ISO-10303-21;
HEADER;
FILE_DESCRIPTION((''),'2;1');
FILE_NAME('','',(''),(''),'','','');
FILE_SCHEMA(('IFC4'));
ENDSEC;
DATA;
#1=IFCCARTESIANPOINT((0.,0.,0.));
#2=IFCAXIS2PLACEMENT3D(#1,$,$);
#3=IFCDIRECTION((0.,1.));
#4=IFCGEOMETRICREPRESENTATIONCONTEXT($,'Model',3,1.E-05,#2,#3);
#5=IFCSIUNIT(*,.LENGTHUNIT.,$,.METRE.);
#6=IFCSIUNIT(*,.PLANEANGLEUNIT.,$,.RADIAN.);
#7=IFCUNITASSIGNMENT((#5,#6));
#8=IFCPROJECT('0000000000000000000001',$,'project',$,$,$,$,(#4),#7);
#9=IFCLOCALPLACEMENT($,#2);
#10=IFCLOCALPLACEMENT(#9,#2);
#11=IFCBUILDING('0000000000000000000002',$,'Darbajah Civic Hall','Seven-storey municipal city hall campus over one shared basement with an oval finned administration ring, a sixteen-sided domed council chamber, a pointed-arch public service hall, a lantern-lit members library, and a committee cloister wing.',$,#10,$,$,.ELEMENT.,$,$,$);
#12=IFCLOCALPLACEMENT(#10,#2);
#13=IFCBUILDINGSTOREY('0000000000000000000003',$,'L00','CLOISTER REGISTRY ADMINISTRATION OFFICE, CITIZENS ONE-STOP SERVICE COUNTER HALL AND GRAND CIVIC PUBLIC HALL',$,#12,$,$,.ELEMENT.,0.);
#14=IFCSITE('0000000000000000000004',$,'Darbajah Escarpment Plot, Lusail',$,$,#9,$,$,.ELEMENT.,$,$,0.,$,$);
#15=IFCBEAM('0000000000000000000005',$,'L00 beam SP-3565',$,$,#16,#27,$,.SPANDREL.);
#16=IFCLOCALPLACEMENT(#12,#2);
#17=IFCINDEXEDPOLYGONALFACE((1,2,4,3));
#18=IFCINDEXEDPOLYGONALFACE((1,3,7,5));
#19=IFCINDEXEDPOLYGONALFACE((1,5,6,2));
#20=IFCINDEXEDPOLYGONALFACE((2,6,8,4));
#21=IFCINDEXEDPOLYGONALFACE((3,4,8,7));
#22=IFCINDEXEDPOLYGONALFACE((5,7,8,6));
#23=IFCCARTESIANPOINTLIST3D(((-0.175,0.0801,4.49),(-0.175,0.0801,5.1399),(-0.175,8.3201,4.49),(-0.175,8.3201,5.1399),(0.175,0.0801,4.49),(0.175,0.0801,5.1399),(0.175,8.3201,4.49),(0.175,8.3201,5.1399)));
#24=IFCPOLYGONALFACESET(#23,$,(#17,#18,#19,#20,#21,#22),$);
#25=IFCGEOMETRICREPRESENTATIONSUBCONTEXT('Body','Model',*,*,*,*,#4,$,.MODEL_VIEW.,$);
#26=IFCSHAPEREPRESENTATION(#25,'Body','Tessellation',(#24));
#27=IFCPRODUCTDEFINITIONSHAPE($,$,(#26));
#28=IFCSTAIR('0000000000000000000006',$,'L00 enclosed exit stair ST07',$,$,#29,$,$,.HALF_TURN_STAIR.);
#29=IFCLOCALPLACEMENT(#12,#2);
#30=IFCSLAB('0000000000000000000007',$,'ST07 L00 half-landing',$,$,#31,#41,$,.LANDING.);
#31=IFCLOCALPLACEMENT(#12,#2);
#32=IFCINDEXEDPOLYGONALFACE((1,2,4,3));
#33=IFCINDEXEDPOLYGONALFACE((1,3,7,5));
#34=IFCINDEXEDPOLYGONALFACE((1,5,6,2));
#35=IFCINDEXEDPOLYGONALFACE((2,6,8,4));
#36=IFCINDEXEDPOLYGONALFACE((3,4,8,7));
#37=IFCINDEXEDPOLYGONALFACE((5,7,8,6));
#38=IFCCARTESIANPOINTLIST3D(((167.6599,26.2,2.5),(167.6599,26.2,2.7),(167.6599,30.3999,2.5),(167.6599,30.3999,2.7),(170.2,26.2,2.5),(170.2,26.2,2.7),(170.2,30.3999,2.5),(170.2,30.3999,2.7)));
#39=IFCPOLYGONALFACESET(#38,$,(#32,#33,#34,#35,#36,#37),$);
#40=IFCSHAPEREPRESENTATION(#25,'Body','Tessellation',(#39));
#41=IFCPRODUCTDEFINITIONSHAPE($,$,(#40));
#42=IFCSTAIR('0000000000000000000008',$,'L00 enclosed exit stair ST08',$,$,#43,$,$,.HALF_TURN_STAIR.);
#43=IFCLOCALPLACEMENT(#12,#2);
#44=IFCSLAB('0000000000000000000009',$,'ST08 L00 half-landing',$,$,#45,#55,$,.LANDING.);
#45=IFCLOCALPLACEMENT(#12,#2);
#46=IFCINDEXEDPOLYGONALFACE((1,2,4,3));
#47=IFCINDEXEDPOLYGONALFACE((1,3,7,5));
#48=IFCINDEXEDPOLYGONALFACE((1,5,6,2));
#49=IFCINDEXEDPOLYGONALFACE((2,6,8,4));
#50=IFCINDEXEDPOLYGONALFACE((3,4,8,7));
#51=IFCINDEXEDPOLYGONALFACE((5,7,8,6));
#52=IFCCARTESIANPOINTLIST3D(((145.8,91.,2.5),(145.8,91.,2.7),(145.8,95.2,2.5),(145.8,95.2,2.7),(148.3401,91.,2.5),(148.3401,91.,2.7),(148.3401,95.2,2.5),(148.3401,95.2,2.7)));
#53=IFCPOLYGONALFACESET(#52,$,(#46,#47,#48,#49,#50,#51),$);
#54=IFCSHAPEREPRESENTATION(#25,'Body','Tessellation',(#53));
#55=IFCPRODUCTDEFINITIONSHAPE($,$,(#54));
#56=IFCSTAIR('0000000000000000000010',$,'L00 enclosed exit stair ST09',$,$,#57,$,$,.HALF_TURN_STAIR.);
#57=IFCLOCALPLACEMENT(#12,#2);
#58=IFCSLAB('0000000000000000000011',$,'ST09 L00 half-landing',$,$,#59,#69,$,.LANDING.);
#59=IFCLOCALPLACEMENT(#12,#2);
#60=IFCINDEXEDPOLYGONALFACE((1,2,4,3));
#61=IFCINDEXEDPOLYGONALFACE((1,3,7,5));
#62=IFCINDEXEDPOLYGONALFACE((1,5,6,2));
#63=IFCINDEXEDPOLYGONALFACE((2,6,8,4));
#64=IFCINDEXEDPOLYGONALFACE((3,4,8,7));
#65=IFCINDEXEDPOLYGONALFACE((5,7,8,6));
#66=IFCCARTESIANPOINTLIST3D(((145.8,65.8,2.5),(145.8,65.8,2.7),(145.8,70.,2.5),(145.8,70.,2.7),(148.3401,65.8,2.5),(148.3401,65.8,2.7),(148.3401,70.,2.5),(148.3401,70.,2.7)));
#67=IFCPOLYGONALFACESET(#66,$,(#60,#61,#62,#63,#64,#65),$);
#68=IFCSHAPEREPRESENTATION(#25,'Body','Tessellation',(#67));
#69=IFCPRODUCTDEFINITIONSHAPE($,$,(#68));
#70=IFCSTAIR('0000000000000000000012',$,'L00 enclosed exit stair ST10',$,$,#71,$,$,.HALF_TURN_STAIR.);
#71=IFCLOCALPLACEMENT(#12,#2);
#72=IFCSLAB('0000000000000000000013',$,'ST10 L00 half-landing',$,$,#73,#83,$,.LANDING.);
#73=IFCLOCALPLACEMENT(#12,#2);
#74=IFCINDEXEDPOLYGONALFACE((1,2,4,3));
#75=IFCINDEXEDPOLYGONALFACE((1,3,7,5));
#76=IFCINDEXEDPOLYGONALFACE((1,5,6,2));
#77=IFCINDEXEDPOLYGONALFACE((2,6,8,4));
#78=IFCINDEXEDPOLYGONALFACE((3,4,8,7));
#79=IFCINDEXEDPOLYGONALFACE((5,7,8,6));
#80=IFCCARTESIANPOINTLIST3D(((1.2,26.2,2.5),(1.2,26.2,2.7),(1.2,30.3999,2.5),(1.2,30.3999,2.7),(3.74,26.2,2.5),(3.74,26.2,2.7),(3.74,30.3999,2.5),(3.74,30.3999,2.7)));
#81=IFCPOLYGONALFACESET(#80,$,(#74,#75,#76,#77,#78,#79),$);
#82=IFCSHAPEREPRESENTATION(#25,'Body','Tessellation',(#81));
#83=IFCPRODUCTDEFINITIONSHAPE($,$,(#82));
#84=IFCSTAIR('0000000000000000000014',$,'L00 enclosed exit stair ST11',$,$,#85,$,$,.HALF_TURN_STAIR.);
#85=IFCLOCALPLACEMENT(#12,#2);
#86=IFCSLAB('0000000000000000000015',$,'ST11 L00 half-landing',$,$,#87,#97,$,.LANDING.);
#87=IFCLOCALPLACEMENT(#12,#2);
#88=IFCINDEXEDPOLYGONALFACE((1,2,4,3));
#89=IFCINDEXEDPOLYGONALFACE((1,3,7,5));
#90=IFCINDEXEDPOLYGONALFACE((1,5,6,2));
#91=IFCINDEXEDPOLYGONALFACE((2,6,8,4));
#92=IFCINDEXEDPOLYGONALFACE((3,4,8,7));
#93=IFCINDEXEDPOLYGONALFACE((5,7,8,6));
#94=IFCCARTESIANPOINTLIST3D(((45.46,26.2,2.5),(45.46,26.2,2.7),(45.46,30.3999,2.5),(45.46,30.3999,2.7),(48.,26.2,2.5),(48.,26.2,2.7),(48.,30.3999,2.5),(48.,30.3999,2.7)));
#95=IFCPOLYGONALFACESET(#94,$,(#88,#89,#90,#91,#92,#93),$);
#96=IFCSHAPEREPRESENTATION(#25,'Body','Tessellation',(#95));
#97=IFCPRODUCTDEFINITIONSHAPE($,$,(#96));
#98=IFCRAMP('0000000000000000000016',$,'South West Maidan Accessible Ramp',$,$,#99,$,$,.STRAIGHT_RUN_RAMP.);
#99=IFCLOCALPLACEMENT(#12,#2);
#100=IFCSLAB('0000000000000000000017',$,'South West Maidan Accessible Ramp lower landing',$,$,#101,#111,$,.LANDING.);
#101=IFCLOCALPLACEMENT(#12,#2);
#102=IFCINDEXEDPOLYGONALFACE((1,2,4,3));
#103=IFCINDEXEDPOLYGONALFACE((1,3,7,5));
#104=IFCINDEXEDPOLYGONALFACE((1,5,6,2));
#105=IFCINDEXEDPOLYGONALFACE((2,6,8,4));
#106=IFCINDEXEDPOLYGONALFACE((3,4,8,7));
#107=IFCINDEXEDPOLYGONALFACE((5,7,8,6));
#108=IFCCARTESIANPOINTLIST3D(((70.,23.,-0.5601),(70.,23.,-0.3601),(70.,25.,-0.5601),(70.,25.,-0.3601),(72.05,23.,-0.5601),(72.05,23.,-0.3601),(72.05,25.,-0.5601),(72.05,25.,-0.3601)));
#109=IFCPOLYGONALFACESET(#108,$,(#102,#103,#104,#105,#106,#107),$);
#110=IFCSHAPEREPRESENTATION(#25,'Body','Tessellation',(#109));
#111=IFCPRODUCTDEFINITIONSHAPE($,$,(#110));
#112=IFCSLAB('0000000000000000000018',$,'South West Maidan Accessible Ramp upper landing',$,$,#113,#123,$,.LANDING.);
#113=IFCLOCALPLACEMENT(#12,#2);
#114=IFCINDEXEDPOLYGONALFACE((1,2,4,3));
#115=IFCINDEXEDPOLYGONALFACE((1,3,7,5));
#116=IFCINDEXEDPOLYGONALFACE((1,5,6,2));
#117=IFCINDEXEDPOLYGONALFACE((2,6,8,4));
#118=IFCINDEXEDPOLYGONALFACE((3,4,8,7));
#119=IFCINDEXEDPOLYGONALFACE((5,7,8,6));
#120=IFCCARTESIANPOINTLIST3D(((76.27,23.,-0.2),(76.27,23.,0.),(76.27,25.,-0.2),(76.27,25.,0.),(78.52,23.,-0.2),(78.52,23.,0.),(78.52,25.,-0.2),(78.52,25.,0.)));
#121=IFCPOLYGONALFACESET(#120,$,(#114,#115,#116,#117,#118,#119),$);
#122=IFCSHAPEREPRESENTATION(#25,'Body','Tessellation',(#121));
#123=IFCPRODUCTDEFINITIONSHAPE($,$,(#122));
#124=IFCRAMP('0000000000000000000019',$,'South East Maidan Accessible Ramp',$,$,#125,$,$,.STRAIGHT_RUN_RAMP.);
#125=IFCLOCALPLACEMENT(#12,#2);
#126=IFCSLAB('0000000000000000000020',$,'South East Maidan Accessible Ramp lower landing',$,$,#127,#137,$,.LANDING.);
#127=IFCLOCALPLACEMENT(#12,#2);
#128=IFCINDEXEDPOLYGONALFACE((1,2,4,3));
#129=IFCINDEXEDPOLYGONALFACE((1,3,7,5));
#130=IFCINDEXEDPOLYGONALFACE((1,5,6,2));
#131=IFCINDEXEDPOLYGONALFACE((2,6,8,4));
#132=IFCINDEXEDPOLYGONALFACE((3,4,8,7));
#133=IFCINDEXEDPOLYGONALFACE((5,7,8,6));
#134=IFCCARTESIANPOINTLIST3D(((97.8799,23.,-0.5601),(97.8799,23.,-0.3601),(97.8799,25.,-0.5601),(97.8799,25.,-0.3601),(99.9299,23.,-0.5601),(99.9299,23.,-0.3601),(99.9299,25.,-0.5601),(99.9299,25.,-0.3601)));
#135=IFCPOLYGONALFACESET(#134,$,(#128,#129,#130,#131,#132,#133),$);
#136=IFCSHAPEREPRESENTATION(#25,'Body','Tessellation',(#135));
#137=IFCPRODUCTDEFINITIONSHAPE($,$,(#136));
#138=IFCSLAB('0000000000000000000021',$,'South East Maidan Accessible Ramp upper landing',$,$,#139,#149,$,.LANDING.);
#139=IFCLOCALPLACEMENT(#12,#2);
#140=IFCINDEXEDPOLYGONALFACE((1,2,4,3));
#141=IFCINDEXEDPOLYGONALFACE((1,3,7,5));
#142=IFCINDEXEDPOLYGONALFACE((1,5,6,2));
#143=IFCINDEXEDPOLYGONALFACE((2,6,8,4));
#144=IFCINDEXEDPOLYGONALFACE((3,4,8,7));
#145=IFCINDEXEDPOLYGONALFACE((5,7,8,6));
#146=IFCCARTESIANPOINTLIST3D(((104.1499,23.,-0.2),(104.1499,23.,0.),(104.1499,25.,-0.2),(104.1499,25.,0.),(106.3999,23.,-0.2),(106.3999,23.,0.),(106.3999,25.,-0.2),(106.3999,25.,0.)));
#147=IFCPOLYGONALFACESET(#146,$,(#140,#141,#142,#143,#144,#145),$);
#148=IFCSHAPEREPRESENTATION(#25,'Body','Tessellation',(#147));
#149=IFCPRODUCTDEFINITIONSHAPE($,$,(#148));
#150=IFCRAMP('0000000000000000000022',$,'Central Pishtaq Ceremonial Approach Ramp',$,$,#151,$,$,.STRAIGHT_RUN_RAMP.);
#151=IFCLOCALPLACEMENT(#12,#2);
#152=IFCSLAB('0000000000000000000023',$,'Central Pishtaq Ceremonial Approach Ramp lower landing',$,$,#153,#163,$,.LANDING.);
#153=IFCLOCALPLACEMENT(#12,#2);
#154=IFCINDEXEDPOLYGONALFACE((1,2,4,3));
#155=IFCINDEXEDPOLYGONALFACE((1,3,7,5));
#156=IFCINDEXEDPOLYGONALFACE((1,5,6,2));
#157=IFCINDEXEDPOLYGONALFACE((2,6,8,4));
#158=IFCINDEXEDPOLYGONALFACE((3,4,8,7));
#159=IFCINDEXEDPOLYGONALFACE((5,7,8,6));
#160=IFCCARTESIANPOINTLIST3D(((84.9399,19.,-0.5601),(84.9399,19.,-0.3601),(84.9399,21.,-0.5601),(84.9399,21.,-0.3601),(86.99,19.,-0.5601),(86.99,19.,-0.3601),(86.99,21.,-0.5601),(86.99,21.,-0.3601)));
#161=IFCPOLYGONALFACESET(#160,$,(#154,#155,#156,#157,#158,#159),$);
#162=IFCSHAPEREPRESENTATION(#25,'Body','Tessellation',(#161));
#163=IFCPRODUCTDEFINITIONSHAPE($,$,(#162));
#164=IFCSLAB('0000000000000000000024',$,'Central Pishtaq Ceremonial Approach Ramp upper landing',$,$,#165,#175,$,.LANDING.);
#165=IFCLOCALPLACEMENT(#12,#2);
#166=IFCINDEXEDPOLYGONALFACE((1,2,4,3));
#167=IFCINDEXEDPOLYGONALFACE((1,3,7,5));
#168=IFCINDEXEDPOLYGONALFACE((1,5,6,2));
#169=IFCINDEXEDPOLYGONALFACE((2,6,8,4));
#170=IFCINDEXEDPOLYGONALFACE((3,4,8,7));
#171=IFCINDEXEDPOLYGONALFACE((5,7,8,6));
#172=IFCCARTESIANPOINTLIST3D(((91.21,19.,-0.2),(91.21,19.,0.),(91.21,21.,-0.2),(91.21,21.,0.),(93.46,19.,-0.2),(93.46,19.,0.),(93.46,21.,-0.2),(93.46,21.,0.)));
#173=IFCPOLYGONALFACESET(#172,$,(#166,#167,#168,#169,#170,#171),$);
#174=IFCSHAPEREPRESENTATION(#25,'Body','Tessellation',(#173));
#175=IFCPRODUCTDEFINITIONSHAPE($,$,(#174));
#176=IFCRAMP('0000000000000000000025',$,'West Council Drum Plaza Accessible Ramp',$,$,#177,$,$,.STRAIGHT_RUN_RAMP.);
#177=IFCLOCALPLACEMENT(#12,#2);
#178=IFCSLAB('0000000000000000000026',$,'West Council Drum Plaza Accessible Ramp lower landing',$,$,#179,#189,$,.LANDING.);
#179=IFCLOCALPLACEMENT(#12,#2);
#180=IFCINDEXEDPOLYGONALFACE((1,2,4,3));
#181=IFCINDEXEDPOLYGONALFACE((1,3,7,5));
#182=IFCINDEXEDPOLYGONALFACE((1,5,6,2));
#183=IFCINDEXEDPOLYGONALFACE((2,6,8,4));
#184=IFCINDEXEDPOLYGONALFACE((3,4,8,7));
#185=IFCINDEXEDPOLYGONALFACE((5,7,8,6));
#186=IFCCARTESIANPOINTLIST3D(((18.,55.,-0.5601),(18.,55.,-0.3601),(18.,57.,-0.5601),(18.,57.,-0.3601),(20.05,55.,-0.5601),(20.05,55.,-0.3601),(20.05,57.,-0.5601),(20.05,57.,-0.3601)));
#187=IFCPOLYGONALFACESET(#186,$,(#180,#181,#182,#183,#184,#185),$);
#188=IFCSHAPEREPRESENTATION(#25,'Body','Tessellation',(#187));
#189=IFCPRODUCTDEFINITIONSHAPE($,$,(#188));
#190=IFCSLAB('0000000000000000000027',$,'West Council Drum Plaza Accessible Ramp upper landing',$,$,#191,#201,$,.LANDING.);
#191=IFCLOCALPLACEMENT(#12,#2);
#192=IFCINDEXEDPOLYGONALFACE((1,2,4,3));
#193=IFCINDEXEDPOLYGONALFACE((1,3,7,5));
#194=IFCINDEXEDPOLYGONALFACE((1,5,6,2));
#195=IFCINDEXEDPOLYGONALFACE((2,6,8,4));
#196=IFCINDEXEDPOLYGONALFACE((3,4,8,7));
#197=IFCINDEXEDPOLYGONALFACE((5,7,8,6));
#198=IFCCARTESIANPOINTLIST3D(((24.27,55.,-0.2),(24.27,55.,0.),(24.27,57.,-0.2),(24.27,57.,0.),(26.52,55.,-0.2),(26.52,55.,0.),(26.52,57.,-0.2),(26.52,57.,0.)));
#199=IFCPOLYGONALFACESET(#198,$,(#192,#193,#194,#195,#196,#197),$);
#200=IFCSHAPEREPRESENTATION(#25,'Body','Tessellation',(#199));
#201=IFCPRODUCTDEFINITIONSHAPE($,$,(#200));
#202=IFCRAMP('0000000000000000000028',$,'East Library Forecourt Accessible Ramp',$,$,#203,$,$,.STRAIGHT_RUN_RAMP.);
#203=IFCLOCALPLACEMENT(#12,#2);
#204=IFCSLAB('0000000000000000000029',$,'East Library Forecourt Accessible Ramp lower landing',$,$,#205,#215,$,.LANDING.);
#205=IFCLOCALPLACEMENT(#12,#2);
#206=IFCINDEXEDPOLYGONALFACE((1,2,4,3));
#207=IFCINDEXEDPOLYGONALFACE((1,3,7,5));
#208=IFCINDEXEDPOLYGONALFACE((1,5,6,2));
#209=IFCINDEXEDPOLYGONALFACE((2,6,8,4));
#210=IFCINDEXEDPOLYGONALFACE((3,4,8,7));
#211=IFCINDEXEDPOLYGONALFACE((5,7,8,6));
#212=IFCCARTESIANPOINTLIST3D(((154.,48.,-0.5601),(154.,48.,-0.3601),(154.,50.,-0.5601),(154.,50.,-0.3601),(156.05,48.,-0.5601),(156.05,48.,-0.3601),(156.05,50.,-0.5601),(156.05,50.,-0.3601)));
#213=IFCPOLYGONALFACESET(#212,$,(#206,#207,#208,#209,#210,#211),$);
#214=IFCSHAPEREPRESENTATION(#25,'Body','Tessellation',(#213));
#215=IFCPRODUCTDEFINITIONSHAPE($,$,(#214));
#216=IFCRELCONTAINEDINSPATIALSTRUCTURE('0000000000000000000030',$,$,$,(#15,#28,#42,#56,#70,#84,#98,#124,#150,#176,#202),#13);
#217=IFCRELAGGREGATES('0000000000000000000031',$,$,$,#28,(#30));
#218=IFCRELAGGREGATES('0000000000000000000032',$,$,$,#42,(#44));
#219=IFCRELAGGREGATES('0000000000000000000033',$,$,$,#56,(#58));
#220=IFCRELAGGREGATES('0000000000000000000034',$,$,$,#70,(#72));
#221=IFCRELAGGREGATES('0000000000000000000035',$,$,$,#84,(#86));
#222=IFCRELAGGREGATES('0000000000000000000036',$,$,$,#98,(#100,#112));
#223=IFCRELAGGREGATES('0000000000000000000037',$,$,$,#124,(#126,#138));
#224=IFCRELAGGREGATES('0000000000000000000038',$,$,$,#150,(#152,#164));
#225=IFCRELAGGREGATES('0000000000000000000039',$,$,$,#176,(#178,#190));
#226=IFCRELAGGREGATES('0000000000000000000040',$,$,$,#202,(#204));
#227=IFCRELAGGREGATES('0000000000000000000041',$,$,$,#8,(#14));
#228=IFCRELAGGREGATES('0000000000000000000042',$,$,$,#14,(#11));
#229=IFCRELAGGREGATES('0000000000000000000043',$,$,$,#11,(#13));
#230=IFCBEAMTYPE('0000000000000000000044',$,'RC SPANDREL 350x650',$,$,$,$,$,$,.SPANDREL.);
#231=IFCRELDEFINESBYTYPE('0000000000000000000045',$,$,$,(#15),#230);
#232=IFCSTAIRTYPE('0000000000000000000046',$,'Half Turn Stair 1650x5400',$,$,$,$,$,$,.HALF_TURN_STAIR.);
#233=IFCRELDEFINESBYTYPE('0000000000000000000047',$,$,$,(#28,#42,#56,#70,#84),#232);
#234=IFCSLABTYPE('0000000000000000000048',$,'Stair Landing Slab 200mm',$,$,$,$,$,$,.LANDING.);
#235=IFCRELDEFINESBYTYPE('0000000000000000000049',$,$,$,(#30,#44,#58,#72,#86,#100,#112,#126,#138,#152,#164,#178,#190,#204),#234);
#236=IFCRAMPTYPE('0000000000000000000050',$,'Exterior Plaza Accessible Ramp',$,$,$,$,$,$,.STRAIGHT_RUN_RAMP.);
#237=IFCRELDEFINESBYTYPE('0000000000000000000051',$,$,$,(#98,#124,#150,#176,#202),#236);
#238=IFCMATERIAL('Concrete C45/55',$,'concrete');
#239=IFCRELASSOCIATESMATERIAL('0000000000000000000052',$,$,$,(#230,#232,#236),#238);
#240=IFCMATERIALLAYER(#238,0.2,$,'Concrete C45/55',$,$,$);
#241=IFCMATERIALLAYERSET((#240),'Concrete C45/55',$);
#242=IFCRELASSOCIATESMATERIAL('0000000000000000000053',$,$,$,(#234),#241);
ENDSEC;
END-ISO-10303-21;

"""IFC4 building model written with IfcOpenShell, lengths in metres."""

from ifc_helpers import new_model, si_unit, direction, frame, origin, origin_2d, place, context, subcontext, project, spatial, polyline, rectangle, outline, extrude, material, layer, layer_set, material_profile, profile_set, type_object, element, aggregate, save


model = new_model("IFC4")

# Units and contexts
model_context = context("Model", 3, precision=1e-05, world=origin(), true_north=direction((0.0, 1.0)))
body_context = subcontext(model_context, "Body", "Model", "MODEL_VIEW")
ifc_project = project(units=[si_unit("LENGTHUNIT", "METRE"), si_unit("PLANEANGLEUNIT", "RADIAN")], contexts=[model_context])

# Site, building, storey
site_placement = place(None, origin())
site = spatial("IfcSite", under=ifc_project, at=site_placement, Name="Darbajah Escarpment Plot, Lusail", CompositionType="ELEMENT", RefElevation=0.0)
building_placement = place(site_placement, origin())
building = spatial("IfcBuilding", under=site, at=building_placement, Name="Darbajah Civic Hall", Description="Seven-storey municipal city hall campus over one shared basement with an oval finned administration ring, a sixteen-sided domed council chamber, a pointed-arch public service hall, a lantern-lit members library, and a committee cloister wing.", CompositionType="ELEMENT")
storey_placement = place(building_placement, origin())
storey = spatial("IfcBuildingStorey", under=building, at=storey_placement, Name="L00", Description="CLOISTER REGISTRY ADMINISTRATION OFFICE, CITIZENS ONE-STOP SERVICE COUNTER HALL AND GRAND CIVIC PUBLIC HALL", CompositionType="ELEMENT", Elevation=0.0)

# Beam
ifc_material_1 = material(Name="Concrete C45/55", Category="concrete")
ifc_material_profile = material_profile(ifc_material_1, rectangle(XDim=0.3501, YDim=0.6499, at=origin_2d()), Name="RC SPANDREL 350x650")
ifc_profile_set = profile_set([ifc_material_profile], Name="Concrete C45/55")
beam_type = type_object("IfcBeamType", Name="RC SPANDREL 350x650", PredefinedType="SPANDREL", material=ifc_profile_set)
beam_placement = place(storey_placement, frame((0.0, 0.0801, 4.8149), z_axis=(0.0, 1.0, 0.0), x_axis=(-1.0, 0.0, 0.0)))
element("IfcBeam", 1, at=beam_placement, inside=storey, type_object=beam_type, Name="L00 beam SP-3565", PredefinedType="SPANDREL", context=body_context, shape_type="SweptSolid", body=[
    extrude(rectangle(XDim=0.3501, YDim=0.6499, at=origin_2d()), origin(), (0.0, 0.0, 1.0), 8.24),
])

# Stairs, slabs
stair_type = type_object("IfcStairType", Name="Half Turn Stair 1650x5400", PredefinedType="HALF_TURN_STAIR", material=ifc_material_1)
stair_1_placement = place(storey_placement, origin())
stair_1 = element("IfcStair", 2, at=stair_1_placement, inside=storey, type_object=stair_type, Name="L00 enclosed exit stair ST07", PredefinedType="HALF_TURN_STAIR")
ifc_layer_1 = layer(ifc_material_1, 0.2, Name="Concrete C45/55")
ifc_layer_set_1 = layer_set([ifc_layer_1], Name="Concrete C45/55")
slab_type = type_object("IfcSlabType", Name="Stair Landing Slab 200mm", PredefinedType="LANDING", material=ifc_layer_set_1)
slab_1_placement = place(storey_placement, frame((0.0, 0.0, 2.5)))
slab_1 = element("IfcSlab", 3, at=slab_1_placement, type_object=slab_type, Name="ST07 L00 half-landing", PredefinedType="LANDING", context=body_context, shape_type="SweptSolid", body=[
    extrude(outline(polyline([(167.6599, 26.2), (170.2, 26.2), (170.2, 30.3999), (167.6599, 30.3999), (167.6599, 26.2)])), origin(), (0.0, 0.0, 1.0), 0.2),
])
aggregate(stair_1, [slab_1])
stair_2_placement = place(storey_placement, origin())
stair_2 = element("IfcStair", 4, at=stair_2_placement, inside=storey, type_object=stair_type, Name="L00 enclosed exit stair ST08", PredefinedType="HALF_TURN_STAIR")
slab_2_placement = place(storey_placement, frame((0.0, 0.0, 2.5)))
slab_2 = element("IfcSlab", 5, at=slab_2_placement, type_object=slab_type, Name="ST08 L00 half-landing", PredefinedType="LANDING", context=body_context, shape_type="SweptSolid", body=[
    extrude(outline(polyline([(145.8, 91.0), (148.3401, 91.0), (148.3401, 95.2), (145.8, 95.2), (145.8, 91.0)])), origin(), (0.0, 0.0, 1.0), 0.2),
])
aggregate(stair_2, [slab_2])
stair_3_placement = place(storey_placement, origin())
stair_3 = element("IfcStair", 6, at=stair_3_placement, inside=storey, type_object=stair_type, Name="L00 enclosed exit stair ST09", PredefinedType="HALF_TURN_STAIR")
slab_3_placement = place(storey_placement, frame((0.0, 0.0, 2.5)))
slab_3 = element("IfcSlab", 7, at=slab_3_placement, type_object=slab_type, Name="ST09 L00 half-landing", PredefinedType="LANDING", context=body_context, shape_type="SweptSolid", body=[
    extrude(outline(polyline([(145.8, 65.8), (148.3401, 65.8), (148.3401, 70.0), (145.8, 70.0), (145.8, 65.8)])), origin(), (0.0, 0.0, 1.0), 0.2),
])
aggregate(stair_3, [slab_3])
stair_4_placement = place(storey_placement, origin())
stair_4 = element("IfcStair", 8, at=stair_4_placement, inside=storey, type_object=stair_type, Name="L00 enclosed exit stair ST10", PredefinedType="HALF_TURN_STAIR")
slab_4_placement = place(storey_placement, frame((0.0, 0.0, 2.5)))
slab_4 = element("IfcSlab", 9, at=slab_4_placement, type_object=slab_type, Name="ST10 L00 half-landing", PredefinedType="LANDING", context=body_context, shape_type="SweptSolid", body=[
    extrude(outline(polyline([(1.2, 26.2), (3.74, 26.2), (3.74, 30.3999), (1.2, 30.3999), (1.2, 26.2)])), origin(), (0.0, 0.0, 1.0), 0.2),
])
aggregate(stair_4, [slab_4])
stair_5_placement = place(storey_placement, origin())
stair_5 = element("IfcStair", 10, at=stair_5_placement, inside=storey, type_object=stair_type, Name="L00 enclosed exit stair ST11", PredefinedType="HALF_TURN_STAIR")
slab_5_placement = place(storey_placement, frame((0.0, 0.0, 2.5)))
slab_5 = element("IfcSlab", 11, at=slab_5_placement, type_object=slab_type, Name="ST11 L00 half-landing", PredefinedType="LANDING", context=body_context, shape_type="SweptSolid", body=[
    extrude(outline(polyline([(45.46, 26.2), (48.0, 26.2), (48.0, 30.3999), (45.46, 30.3999), (45.46, 26.2)])), origin(), (0.0, 0.0, 1.0), 0.2),
])
aggregate(stair_5, [slab_5])

# Ramps, slabs
ramp_type = type_object("IfcRampType", Name="Exterior Plaza Accessible Ramp", PredefinedType="STRAIGHT_RUN_RAMP", material=ifc_material_1)
ramp_1_placement = place(storey_placement, origin())
ramp_1 = element("IfcRamp", 12, at=ramp_1_placement, inside=storey, type_object=ramp_type, Name="South West Maidan Accessible Ramp", PredefinedType="STRAIGHT_RUN_RAMP")
slab_6_placement = place(storey_placement, frame((0.0, 0.0, -0.5601)))
slab_6 = element("IfcSlab", 13, at=slab_6_placement, type_object=slab_type, Name="South West Maidan Accessible Ramp lower landing", PredefinedType="LANDING", context=body_context, shape_type="SweptSolid", body=[
    extrude(outline(polyline([(70.0, 23.0), (72.05, 23.0), (72.05, 25.0), (70.0, 25.0), (70.0, 23.0)])), origin(), (0.0, 0.0, 1.0), 0.2),
])
slab_7_placement = place(storey_placement, frame((0.0, 0.0, -0.2)))
slab_7 = element("IfcSlab", 14, at=slab_7_placement, type_object=slab_type, Name="South West Maidan Accessible Ramp upper landing", PredefinedType="LANDING", context=body_context, shape_type="SweptSolid", body=[
    extrude(outline(polyline([(76.27, 23.0), (78.52, 23.0), (78.52, 25.0), (76.27, 25.0), (76.27, 23.0)])), origin(), (0.0, 0.0, 1.0), 0.2),
])
aggregate(ramp_1, [slab_6, slab_7])
ramp_2_placement = place(storey_placement, origin())
ramp_2 = element("IfcRamp", 15, at=ramp_2_placement, inside=storey, type_object=ramp_type, Name="South East Maidan Accessible Ramp", PredefinedType="STRAIGHT_RUN_RAMP")
slab_8_placement = place(storey_placement, frame((0.0, 0.0, -0.5601)))
slab_8 = element("IfcSlab", 16, at=slab_8_placement, type_object=slab_type, Name="South East Maidan Accessible Ramp lower landing", PredefinedType="LANDING", context=body_context, shape_type="SweptSolid", body=[
    extrude(outline(polyline([(97.8799, 23.0), (99.9299, 23.0), (99.9299, 25.0), (97.8799, 25.0), (97.8799, 23.0)])), origin(), (0.0, 0.0, 1.0), 0.2),
])
slab_9_placement = place(storey_placement, frame((0.0, 0.0, -0.2)))
slab_9 = element("IfcSlab", 17, at=slab_9_placement, type_object=slab_type, Name="South East Maidan Accessible Ramp upper landing", PredefinedType="LANDING", context=body_context, shape_type="SweptSolid", body=[
    extrude(outline(polyline([(104.1499, 23.0), (106.3999, 23.0), (106.3999, 25.0), (104.1499, 25.0), (104.1499, 23.0)])), origin(), (0.0, 0.0, 1.0), 0.2),
])
aggregate(ramp_2, [slab_8, slab_9])
ramp_3_placement = place(storey_placement, origin())
ramp_3 = element("IfcRamp", 18, at=ramp_3_placement, inside=storey, type_object=ramp_type, Name="Central Pishtaq Ceremonial Approach Ramp", PredefinedType="STRAIGHT_RUN_RAMP")
slab_10_placement = place(storey_placement, frame((0.0, 0.0, -0.5601)))
slab_10 = element("IfcSlab", 19, at=slab_10_placement, type_object=slab_type, Name="Central Pishtaq Ceremonial Approach Ramp lower landing", PredefinedType="LANDING", context=body_context, shape_type="SweptSolid", body=[
    extrude(outline(polyline([(84.9399, 19.0), (86.99, 19.0), (86.99, 21.0), (84.9399, 21.0), (84.9399, 19.0)])), origin(), (0.0, 0.0, 1.0), 0.2),
])
slab_11_placement = place(storey_placement, frame((0.0, 0.0, -0.2)))
slab_11 = element("IfcSlab", 20, at=slab_11_placement, type_object=slab_type, Name="Central Pishtaq Ceremonial Approach Ramp upper landing", PredefinedType="LANDING", context=body_context, shape_type="SweptSolid", body=[
    extrude(outline(polyline([(91.21, 19.0), (93.46, 19.0), (93.46, 21.0), (91.21, 21.0), (91.21, 19.0)])), origin(), (0.0, 0.0, 1.0), 0.2),
])
aggregate(ramp_3, [slab_10, slab_11])
ramp_4_placement = place(storey_placement, origin())
ramp_4 = element("IfcRamp", 21, at=ramp_4_placement, inside=storey, type_object=ramp_type, Name="West Council Drum Plaza Accessible Ramp", PredefinedType="STRAIGHT_RUN_RAMP")
slab_12_placement = place(storey_placement, frame((0.0, 0.0, -0.5601)))
slab_12 = element("IfcSlab", 22, at=slab_12_placement, type_object=slab_type, Name="West Council Drum Plaza Accessible Ramp lower landing", PredefinedType="LANDING", context=body_context, shape_type="SweptSolid", body=[
    extrude(outline(polyline([(18.0, 55.0), (20.05, 55.0), (20.05, 57.0), (18.0, 57.0), (18.0, 55.0)])), origin(), (0.0, 0.0, 1.0), 0.2),
])
slab_13_placement = place(storey_placement, frame((0.0, 0.0, -0.2)))
slab_13 = element("IfcSlab", 23, at=slab_13_placement, type_object=slab_type, Name="West Council Drum Plaza Accessible Ramp upper landing", PredefinedType="LANDING", context=body_context, shape_type="SweptSolid", body=[
    extrude(outline(polyline([(24.27, 55.0), (26.52, 55.0), (26.52, 57.0), (24.27, 57.0), (24.27, 55.0)])), origin(), (0.0, 0.0, 1.0), 0.2),
])
aggregate(ramp_4, [slab_12, slab_13])
ramp_5_placement = place(storey_placement, origin())
ramp_5 = element("IfcRamp", 24, at=ramp_5_placement, inside=storey, type_object=ramp_type, Name="East Library Forecourt Accessible Ramp", PredefinedType="STRAIGHT_RUN_RAMP")
slab_14_placement = place(storey_placement, frame((0.0, 0.0, -0.5601)))
slab_14 = element("IfcSlab", 25, at=slab_14_placement, type_object=slab_type, Name="East Library Forecourt Accessible Ramp lower landing", PredefinedType="LANDING", context=body_context, shape_type="SweptSolid", body=[
    extrude(outline(polyline([(154.0, 48.0), (156.05, 48.0), (156.05, 50.0), (154.0, 50.0), (154.0, 48.0)])), origin(), (0.0, 0.0, 1.0), 0.2),
])
aggregate(ramp_5, [slab_14])

save(model, "model.ifc")
